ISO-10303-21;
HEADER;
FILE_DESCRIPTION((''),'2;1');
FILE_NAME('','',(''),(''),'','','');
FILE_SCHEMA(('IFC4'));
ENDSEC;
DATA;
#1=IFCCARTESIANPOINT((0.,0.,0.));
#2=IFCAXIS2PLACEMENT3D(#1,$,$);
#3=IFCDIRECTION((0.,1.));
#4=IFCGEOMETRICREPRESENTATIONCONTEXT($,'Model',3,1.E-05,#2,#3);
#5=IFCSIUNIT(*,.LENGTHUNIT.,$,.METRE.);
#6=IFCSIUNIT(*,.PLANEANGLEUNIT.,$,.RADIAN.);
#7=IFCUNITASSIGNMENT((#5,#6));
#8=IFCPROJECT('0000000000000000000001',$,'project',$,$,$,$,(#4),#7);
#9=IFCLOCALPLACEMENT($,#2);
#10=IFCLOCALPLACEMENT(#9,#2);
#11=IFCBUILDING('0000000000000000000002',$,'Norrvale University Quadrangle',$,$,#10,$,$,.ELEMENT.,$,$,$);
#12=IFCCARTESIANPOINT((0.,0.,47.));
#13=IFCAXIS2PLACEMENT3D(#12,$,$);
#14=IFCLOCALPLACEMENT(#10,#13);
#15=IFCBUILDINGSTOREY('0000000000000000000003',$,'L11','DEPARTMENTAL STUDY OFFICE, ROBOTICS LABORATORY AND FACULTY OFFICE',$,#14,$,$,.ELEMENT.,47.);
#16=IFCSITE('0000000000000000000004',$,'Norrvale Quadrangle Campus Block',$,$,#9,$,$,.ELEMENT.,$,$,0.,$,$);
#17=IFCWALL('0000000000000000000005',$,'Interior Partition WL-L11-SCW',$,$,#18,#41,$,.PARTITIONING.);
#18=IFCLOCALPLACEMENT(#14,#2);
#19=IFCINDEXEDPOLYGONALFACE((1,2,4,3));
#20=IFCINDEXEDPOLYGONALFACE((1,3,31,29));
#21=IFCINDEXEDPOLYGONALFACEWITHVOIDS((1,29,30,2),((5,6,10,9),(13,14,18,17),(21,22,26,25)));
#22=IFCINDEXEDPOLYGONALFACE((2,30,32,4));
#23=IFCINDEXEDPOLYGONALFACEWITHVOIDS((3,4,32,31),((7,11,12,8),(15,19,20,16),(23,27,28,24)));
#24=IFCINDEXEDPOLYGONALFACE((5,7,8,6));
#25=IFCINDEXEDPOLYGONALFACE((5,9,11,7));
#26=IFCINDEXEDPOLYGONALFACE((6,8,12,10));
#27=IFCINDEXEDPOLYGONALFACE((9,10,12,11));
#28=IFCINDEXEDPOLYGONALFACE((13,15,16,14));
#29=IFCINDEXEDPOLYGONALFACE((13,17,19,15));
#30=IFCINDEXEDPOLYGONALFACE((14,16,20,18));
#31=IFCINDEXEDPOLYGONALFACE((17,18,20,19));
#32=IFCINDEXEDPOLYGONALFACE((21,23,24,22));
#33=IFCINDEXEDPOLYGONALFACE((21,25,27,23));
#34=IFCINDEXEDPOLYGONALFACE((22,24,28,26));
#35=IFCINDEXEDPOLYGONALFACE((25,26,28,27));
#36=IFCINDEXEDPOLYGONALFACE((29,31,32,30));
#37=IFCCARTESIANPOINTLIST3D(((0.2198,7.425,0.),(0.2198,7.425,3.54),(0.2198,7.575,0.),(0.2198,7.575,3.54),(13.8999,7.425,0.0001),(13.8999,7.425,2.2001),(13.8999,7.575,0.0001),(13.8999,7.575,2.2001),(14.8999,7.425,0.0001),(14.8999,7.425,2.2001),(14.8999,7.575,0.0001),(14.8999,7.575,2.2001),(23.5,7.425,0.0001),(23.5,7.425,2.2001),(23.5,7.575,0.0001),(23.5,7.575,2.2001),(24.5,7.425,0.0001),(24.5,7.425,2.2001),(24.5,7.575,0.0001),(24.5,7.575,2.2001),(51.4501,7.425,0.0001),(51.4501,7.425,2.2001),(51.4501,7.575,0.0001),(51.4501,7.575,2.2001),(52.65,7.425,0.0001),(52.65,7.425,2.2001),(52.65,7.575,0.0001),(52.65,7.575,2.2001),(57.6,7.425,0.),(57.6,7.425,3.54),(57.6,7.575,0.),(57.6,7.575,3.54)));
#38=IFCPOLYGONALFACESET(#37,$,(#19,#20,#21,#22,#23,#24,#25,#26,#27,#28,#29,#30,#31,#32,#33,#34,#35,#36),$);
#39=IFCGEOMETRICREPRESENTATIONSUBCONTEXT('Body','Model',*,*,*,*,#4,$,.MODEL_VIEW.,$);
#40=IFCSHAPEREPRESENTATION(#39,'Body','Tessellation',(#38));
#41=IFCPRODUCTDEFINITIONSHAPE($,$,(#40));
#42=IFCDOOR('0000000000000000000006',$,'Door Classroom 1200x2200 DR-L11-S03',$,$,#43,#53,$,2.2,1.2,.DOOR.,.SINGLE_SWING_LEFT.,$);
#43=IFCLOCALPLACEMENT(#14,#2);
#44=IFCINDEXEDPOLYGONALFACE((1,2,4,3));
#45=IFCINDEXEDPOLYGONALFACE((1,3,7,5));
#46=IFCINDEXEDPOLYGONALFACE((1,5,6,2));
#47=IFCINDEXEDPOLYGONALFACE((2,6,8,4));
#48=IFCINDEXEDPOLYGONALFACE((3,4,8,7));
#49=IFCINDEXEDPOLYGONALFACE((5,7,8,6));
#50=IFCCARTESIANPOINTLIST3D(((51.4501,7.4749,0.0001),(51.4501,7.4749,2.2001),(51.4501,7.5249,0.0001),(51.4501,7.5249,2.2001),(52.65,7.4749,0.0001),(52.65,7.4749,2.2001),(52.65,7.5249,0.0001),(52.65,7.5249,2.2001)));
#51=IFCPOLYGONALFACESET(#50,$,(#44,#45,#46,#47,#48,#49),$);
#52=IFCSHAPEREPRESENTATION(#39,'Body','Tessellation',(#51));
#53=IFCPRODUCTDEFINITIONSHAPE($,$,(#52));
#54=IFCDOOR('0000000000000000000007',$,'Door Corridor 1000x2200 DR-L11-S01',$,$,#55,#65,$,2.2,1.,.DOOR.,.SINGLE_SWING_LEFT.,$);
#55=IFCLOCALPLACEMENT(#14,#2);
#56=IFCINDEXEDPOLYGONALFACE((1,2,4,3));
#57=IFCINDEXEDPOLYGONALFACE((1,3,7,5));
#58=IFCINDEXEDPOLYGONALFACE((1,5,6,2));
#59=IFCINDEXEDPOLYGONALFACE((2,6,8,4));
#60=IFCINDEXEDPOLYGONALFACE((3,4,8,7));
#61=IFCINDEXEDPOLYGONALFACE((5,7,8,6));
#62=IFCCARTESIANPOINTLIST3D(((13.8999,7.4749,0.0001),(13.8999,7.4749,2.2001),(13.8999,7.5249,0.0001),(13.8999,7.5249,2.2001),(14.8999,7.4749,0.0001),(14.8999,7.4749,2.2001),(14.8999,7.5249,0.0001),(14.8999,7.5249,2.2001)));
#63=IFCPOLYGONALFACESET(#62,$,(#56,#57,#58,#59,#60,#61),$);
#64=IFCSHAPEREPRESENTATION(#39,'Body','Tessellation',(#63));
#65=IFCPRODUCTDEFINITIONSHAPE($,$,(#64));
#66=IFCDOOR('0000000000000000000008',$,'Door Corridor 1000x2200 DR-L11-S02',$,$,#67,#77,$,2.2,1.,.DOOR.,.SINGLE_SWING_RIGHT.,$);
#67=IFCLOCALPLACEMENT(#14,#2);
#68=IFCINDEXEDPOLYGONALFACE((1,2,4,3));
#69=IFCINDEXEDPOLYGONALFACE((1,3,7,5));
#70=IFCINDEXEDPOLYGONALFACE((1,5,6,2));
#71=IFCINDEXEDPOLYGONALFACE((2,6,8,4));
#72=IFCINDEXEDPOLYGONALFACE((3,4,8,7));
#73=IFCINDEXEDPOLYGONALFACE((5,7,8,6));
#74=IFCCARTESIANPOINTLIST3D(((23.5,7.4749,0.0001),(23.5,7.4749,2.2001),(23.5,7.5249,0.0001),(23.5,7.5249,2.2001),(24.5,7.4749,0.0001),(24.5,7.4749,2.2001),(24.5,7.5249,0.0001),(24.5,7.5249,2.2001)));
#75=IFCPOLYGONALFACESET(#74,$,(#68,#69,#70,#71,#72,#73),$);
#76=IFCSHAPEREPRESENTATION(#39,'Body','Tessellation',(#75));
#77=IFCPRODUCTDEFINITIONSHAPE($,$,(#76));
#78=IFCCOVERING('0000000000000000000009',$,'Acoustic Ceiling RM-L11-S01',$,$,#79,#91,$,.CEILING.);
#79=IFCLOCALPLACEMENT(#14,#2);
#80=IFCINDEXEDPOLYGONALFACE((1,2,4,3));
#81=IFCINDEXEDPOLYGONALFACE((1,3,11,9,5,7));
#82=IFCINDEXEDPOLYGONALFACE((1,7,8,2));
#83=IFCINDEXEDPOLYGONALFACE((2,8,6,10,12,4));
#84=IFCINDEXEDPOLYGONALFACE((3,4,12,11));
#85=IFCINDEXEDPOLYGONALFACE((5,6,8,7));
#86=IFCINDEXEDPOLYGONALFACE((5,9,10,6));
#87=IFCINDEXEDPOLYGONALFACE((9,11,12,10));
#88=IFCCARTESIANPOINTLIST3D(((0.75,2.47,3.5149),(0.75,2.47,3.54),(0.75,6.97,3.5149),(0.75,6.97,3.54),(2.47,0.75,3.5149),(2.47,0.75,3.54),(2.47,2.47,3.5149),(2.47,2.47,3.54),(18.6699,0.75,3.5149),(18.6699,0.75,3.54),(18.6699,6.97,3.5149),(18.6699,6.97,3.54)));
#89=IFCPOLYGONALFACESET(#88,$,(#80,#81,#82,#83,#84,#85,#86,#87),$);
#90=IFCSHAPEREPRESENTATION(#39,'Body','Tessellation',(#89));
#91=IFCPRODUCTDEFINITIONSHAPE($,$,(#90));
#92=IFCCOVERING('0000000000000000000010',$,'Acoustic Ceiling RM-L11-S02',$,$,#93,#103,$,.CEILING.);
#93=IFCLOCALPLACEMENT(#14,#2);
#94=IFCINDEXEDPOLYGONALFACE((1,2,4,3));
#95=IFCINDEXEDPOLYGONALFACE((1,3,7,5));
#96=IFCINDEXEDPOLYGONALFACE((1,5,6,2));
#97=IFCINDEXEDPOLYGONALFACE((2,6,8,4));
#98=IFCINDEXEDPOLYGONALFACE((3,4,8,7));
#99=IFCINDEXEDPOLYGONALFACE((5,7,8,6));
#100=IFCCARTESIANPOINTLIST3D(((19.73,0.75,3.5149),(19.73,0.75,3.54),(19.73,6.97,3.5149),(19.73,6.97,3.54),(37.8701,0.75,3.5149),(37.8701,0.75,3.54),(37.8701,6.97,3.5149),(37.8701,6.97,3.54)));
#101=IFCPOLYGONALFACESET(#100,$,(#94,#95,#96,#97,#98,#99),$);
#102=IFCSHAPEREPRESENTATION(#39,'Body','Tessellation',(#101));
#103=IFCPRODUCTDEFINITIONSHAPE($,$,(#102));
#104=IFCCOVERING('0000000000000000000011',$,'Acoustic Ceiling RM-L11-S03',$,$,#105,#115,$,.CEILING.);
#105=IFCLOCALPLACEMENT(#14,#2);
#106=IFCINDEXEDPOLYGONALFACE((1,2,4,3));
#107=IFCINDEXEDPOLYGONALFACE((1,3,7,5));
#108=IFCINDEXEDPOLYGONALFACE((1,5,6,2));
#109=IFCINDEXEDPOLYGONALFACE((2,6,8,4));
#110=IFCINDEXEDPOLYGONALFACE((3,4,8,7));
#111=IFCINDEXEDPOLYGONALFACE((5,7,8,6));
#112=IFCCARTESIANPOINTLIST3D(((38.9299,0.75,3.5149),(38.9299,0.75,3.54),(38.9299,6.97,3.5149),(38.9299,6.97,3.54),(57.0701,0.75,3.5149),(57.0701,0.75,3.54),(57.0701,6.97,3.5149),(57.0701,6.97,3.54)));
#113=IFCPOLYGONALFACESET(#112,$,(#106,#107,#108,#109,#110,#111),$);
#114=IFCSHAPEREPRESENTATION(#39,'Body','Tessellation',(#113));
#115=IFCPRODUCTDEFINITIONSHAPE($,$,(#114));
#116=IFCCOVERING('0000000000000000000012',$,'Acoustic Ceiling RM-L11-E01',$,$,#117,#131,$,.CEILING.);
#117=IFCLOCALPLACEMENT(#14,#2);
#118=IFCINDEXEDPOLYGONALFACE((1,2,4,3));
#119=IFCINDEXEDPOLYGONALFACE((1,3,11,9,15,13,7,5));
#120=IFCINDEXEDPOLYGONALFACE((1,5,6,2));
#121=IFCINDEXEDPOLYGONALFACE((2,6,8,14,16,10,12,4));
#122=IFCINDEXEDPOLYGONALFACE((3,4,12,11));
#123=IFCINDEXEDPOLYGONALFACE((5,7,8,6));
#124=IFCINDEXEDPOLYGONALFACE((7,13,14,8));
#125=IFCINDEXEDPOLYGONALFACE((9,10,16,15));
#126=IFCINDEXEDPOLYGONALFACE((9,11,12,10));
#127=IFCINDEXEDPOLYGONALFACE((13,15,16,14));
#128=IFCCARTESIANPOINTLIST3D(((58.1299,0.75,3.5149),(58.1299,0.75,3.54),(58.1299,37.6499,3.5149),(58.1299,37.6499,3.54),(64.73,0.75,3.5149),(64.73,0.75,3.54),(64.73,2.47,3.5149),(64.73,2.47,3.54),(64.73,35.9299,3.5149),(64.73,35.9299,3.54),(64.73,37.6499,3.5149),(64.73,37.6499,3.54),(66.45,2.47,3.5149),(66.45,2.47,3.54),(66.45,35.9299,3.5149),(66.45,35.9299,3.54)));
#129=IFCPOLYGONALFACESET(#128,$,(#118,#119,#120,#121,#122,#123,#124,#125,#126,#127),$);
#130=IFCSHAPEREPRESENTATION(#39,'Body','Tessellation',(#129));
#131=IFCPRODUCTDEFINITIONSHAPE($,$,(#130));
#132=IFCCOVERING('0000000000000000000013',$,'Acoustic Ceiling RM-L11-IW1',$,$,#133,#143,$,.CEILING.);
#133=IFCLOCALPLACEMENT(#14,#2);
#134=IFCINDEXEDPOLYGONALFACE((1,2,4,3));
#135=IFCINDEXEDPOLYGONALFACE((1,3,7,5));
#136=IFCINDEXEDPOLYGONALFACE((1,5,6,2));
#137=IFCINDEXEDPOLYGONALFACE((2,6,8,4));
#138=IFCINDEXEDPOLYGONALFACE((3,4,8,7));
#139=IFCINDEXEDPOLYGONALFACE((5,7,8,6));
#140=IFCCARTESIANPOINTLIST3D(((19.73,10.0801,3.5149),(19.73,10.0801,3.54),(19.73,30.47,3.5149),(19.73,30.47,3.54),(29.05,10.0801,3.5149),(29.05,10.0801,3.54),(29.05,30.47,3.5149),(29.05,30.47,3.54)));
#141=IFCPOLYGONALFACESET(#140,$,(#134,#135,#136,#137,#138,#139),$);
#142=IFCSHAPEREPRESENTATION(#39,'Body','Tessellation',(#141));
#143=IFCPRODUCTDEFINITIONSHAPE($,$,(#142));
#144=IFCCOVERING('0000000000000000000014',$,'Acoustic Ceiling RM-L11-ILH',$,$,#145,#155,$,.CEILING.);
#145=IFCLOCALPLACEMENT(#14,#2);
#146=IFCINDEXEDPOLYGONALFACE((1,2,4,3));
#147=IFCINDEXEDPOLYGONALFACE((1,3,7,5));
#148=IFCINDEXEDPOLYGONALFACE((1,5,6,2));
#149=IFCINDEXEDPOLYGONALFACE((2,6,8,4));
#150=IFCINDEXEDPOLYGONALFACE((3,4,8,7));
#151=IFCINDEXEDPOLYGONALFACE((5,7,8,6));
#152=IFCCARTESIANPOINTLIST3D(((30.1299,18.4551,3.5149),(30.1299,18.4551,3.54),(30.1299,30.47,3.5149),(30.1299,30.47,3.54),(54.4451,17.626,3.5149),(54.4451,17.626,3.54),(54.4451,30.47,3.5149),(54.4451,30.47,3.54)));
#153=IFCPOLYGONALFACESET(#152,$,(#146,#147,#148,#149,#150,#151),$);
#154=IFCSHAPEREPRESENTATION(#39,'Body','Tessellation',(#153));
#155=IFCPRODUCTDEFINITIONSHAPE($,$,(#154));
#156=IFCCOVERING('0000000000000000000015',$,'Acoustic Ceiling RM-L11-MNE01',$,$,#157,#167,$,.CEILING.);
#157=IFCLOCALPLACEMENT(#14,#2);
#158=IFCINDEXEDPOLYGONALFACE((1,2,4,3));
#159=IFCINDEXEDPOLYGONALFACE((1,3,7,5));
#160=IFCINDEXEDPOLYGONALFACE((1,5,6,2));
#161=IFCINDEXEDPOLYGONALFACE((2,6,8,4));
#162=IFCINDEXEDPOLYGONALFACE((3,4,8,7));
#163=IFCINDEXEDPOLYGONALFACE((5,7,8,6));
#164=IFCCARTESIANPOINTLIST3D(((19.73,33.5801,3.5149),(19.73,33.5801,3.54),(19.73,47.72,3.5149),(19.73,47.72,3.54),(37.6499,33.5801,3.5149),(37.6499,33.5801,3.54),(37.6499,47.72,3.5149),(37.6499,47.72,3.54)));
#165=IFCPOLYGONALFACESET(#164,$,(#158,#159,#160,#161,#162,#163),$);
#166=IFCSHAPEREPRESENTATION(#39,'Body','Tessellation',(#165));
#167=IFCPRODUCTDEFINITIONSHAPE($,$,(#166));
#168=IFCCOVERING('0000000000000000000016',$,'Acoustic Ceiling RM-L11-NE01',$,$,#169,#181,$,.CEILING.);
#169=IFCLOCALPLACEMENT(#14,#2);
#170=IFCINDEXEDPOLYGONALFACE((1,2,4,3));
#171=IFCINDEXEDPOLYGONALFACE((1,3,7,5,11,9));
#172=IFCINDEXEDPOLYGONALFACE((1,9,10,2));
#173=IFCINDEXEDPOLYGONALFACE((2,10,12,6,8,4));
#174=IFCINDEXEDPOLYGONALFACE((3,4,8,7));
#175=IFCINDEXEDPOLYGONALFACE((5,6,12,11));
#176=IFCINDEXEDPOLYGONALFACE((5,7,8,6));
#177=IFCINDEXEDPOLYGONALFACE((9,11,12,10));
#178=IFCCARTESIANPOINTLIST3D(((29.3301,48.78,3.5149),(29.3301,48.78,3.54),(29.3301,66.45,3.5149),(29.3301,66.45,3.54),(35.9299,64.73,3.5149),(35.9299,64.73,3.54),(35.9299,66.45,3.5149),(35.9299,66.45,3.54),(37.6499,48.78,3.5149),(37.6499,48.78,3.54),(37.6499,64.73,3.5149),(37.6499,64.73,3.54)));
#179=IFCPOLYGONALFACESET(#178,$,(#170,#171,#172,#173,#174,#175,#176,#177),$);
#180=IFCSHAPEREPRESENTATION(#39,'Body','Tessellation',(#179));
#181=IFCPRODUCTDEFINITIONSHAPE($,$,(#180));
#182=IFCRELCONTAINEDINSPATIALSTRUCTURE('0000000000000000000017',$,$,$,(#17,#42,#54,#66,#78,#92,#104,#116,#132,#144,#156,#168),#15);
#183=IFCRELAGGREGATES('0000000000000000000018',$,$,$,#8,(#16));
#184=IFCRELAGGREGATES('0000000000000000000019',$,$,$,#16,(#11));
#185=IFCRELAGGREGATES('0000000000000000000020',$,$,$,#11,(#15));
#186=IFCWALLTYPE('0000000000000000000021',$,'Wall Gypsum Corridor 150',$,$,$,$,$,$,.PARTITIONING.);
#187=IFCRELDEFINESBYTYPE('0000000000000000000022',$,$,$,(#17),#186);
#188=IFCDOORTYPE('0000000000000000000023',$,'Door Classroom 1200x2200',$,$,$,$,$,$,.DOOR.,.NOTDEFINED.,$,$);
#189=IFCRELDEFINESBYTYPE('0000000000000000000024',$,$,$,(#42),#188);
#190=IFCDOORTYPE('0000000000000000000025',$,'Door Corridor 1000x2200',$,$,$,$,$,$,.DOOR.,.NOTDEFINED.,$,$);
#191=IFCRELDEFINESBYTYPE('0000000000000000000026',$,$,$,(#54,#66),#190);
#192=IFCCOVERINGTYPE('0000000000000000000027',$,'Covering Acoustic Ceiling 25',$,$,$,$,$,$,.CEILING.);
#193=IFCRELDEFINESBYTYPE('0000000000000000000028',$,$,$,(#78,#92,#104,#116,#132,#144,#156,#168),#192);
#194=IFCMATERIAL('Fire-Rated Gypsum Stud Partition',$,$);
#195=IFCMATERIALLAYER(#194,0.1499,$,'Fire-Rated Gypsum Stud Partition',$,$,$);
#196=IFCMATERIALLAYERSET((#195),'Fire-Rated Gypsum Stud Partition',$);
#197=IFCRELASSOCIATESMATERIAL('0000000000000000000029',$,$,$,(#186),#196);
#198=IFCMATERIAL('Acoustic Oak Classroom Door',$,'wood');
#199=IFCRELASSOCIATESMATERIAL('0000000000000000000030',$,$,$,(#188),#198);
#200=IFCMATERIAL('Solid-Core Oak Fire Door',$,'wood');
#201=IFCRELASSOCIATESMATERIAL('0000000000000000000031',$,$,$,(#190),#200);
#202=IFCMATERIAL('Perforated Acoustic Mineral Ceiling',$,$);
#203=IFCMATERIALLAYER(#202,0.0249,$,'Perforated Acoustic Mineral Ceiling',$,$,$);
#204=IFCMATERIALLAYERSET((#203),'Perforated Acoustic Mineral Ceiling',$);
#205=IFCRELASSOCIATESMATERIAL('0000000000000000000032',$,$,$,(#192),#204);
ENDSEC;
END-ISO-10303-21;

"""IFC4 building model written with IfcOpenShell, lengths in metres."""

from ifc_helpers import new_model, si_unit, direction, frame, frame_2d, origin, place, context, subcontext, project, spatial, polyline, rectangle, outline, extrude, material, layer, layer_set, type_object, element, fill, save


model = new_model("IFC4")

# Units and contexts
model_context = context("Model", 3, precision=1e-05, world=origin(), true_north=direction((0.0, 1.0)))
body_context = subcontext(model_context, "Body", "Model", "MODEL_VIEW")
ifc_project = project(units=[si_unit("LENGTHUNIT", "METRE"), si_unit("PLANEANGLEUNIT", "RADIAN")], contexts=[model_context])

# Site, building, storey
site_placement = place(None, origin())
site = spatial("IfcSite", under=ifc_project, at=site_placement, Name="Norrvale Quadrangle Campus Block", CompositionType="ELEMENT", RefElevation=0.0)
building_placement = place(site_placement, origin())
building = spatial("IfcBuilding", under=site, at=building_placement, Name="Norrvale University Quadrangle", CompositionType="ELEMENT")
storey_placement = place(building_placement, frame((0.0, 0.0, 47.0)))
storey = spatial("IfcBuildingStorey", under=building, at=storey_placement, Name="L11", Description="DEPARTMENTAL STUDY OFFICE, ROBOTICS LABORATORY AND FACULTY OFFICE", CompositionType="ELEMENT", Elevation=47.0)

# Wall, openings, doors
ifc_material_1 = material(Name="Fire-Rated Gypsum Stud Partition")
ifc_layer_1 = layer(ifc_material_1, 0.1499, Name="Fire-Rated Gypsum Stud Partition")
ifc_layer_set_1 = layer_set([ifc_layer_1], Name="Fire-Rated Gypsum Stud Partition")
wall_type_1 = type_object("IfcWallType", Name="Wall Gypsum Corridor 150", PredefinedType="PARTITIONING", material=ifc_layer_set_1)
wall_1_placement = place(storey_placement, frame((0.22, 7.5, 0.0), z_axis=(0.0, 0.0, 1.0), x_axis=(1.0, 0.0, 0.0)))
wall_1 = element("IfcWall", 1, at=wall_1_placement, inside=storey, type_object=wall_type_1, Name="Interior Partition WL-L11-SCW", PredefinedType="PARTITIONING", context=body_context, shape_type="SweptSolid", body=[
    extrude(rectangle(XDim=57.3801, YDim=0.1499, at=frame_2d((28.6899, 0.0))), origin(), (0.0, 0.0, 1.0), 3.54),
])
opening_1_placement = place(wall_1_placement, frame((13.6799, 0.0, 0.0)))
opening_1 = element("IfcOpeningElement", 2, at=opening_1_placement, cuts=wall_1, PredefinedType="OPENING", context=body_context, shape_type="SweptSolid", body=[
    extrude(rectangle(XDim=1.0, YDim=2.2, at=frame_2d((0.5, 1.1001))), frame((0.0, 0.0869, 0.0), z_axis=(0.0, -1.0, 0.0), x_axis=(1.0, 0.0, 0.0)), (0.0, 0.0, 1.0), 0.1738),
])
opening_2_placement = place(wall_1_placement, frame((23.28, 0.0, 0.0)))
opening_2 = element("IfcOpeningElement", 3, at=opening_2_placement, cuts=wall_1, PredefinedType="OPENING", context=body_context, shape_type="SweptSolid", body=[
    extrude(rectangle(XDim=1.0, YDim=2.2, at=frame_2d((0.5, 1.1001))), frame((0.0, 0.0869, 0.0), z_axis=(0.0, -1.0, 0.0), x_axis=(1.0, 0.0, 0.0)), (0.0, 0.0, 1.0), 0.1738),
])
opening_3_placement = place(wall_1_placement, frame((51.23, 0.0, 0.0)))
opening_3 = element("IfcOpeningElement", 4, at=opening_3_placement, cuts=wall_1, PredefinedType="OPENING", context=body_context, shape_type="SweptSolid", body=[
    extrude(rectangle(XDim=1.2, YDim=2.2, at=frame_2d((0.6001, 1.1001))), frame((0.0, 0.0869, 0.0), z_axis=(0.0, -1.0, 0.0), x_axis=(1.0, 0.0, 0.0)), (0.0, 0.0, 1.0), 0.1738),
])
ifc_material_2 = material(Name="Acoustic Oak Classroom Door", Category="wood")
door_type_1 = type_object("IfcDoorType", Name="Door Classroom 1200x2200", OperationType="NOTDEFINED", PredefinedType="DOOR", material=ifc_material_2)
door_1_placement = place(opening_3_placement, origin())
door_1 = element("IfcDoor", 5, at=door_1_placement, inside=storey, type_object=door_type_1, Name="Door Classroom 1200x2200 DR-L11-S03", OperationType="SINGLE_SWING_LEFT", OverallHeight=2.2, OverallWidth=1.2, PredefinedType="DOOR", context=body_context, shape_type="SweptSolid", body=[
    extrude(rectangle(XDim=1.2, YDim=2.2, at=frame_2d((0.6001, 1.1001))), frame((0.0, 0.0249, 0.0), z_axis=(0.0, -1.0, 0.0), x_axis=(1.0, 0.0, 0.0)), (0.0, 0.0, 1.0), 0.05),
])
fill(opening_3, door_1)
ifc_material_3 = material(Name="Solid-Core Oak Fire Door", Category="wood")
door_type_2 = type_object("IfcDoorType", Name="Door Corridor 1000x2200", OperationType="NOTDEFINED", PredefinedType="DOOR", material=ifc_material_3)
door_2_placement = place(opening_1_placement, origin())
door_2 = element("IfcDoor", 6, at=door_2_placement, inside=storey, type_object=door_type_2, Name="Door Corridor 1000x2200 DR-L11-S01", OperationType="SINGLE_SWING_LEFT", OverallHeight=2.2, OverallWidth=1.0, PredefinedType="DOOR", context=body_context, shape_type="SweptSolid", body=[
    extrude(rectangle(XDim=1.0, YDim=2.2, at=frame_2d((0.5, 1.1001))), frame((0.0, 0.0249, 0.0), z_axis=(0.0, -1.0, 0.0), x_axis=(1.0, 0.0, 0.0)), (0.0, 0.0, 1.0), 0.05),
])
fill(opening_1, door_2)
door_3_placement = place(opening_2_placement, origin())
door_3 = element("IfcDoor", 7, at=door_3_placement, inside=storey, type_object=door_type_2, Name="Door Corridor 1000x2200 DR-L11-S02", OperationType="SINGLE_SWING_RIGHT", OverallHeight=2.2, OverallWidth=1.0, PredefinedType="DOOR", context=body_context, shape_type="SweptSolid", body=[
    extrude(rectangle(XDim=1.0, YDim=2.2, at=frame_2d((0.5, 1.1001))), frame((0.0, 0.0249, 0.0), z_axis=(0.0, -1.0, 0.0), x_axis=(1.0, 0.0, 0.0)), (0.0, 0.0, 1.0), 0.05),
])
fill(opening_2, door_3)

# Coverings
ifc_material_4 = material(Name="Perforated Acoustic Mineral Ceiling")
ifc_layer_2 = layer(ifc_material_4, 0.0249, Name="Perforated Acoustic Mineral Ceiling")
ifc_layer_set_2 = layer_set([ifc_layer_2], Name="Perforated Acoustic Mineral Ceiling")
covering_type_1 = type_object("IfcCoveringType", Name="Covering Acoustic Ceiling 25", PredefinedType="CEILING", material=ifc_layer_set_2)
covering_1_placement = place(storey_placement, frame((0.0, 0.0, 3.5149)))
element("IfcCovering", 8, at=covering_1_placement, inside=storey, type_object=covering_type_1, Name="Acoustic Ceiling RM-L11-S01", PredefinedType="CEILING", context=body_context, shape_type="SweptSolid", body=[
    extrude(outline(polyline([(0.75, 6.97), (18.6699, 6.97), (18.6699, 0.75), (2.47, 0.75), (2.47, 2.47), (0.75, 2.47), (0.75, 6.97)])), origin(), (0.0, 0.0, 1.0), 0.0251),
])
covering_2_placement = place(storey_placement, frame((0.0, 0.0, 3.5149)))
element("IfcCovering", 9, at=covering_2_placement, inside=storey, type_object=covering_type_1, Name="Acoustic Ceiling RM-L11-S02", PredefinedType="CEILING", context=body_context, shape_type="SweptSolid", body=[
    extrude(outline(polyline([(19.73, 6.97), (37.8701, 6.97), (37.8701, 0.75), (19.73, 0.75), (19.73, 6.97)])), origin(), (0.0, 0.0, 1.0), 0.0251),
])
covering_3_placement = place(storey_placement, frame((0.0, 0.0, 3.5149)))
element("IfcCovering", 10, at=covering_3_placement, inside=storey, type_object=covering_type_1, Name="Acoustic Ceiling RM-L11-S03", PredefinedType="CEILING", context=body_context, shape_type="SweptSolid", body=[
    extrude(outline(polyline([(38.9299, 6.97), (57.0701, 6.97), (57.0701, 0.75), (38.9299, 0.75), (38.9299, 6.97)])), origin(), (0.0, 0.0, 1.0), 0.0251),
])
covering_4_placement = place(storey_placement, frame((0.0, 0.0, 3.5149)))
element("IfcCovering", 11, at=covering_4_placement, inside=storey, type_object=covering_type_1, Name="Acoustic Ceiling RM-L11-E01", PredefinedType="CEILING", context=body_context, shape_type="SweptSolid", body=[
    extrude(outline(polyline([(58.1299, 0.75), (58.1299, 37.6499), (64.73, 37.6499), (64.73, 35.9299), (66.45, 35.9299), (66.45, 2.47), (64.73, 2.47), (64.73, 0.75), (58.1299, 0.75)])), origin(), (0.0, 0.0, 1.0), 0.0251),
])
covering_5_placement = place(storey_placement, frame((0.0, 0.0, 3.5149)))
element("IfcCovering", 12, at=covering_5_placement, inside=storey, type_object=covering_type_1, Name="Acoustic Ceiling RM-L11-IW1", PredefinedType="CEILING", context=body_context, shape_type="SweptSolid", body=[
    extrude(outline(polyline([(19.73, 10.0801), (19.73, 30.47), (29.05, 30.47), (29.05, 10.0801), (19.73, 10.0801)])), origin(), (0.0, 0.0, 1.0), 0.0251),
])
covering_6_placement = place(storey_placement, frame((0.0, 0.0, 3.5149)))
element("IfcCovering", 13, at=covering_6_placement, inside=storey, type_object=covering_type_1, Name="Acoustic Ceiling RM-L11-ILH", PredefinedType="CEILING", context=body_context, shape_type="SweptSolid", body=[
    extrude(outline(polyline([(30.1299, 18.4551), (30.1299, 30.47), (54.4451, 30.47), (54.4451, 17.626), (30.1299, 18.4551)])), origin(), (0.0, 0.0, 1.0), 0.0251),
])
covering_7_placement = place(storey_placement, frame((0.0, 0.0, 3.5149)))
element("IfcCovering", 14, at=covering_7_placement, inside=storey, type_object=covering_type_1, Name="Acoustic Ceiling RM-L11-MNE01", PredefinedType="CEILING", context=body_context, shape_type="SweptSolid", body=[
    extrude(outline(polyline([(19.73, 47.72), (37.6499, 47.72), (37.6499, 33.5801), (19.73, 33.5801), (19.73, 47.72)])), origin(), (0.0, 0.0, 1.0), 0.0251),
])
covering_8_placement = place(storey_placement, frame((0.0, 0.0, 3.5149)))
element("IfcCovering", 15, at=covering_8_placement, inside=storey, type_object=covering_type_1, Name="Acoustic Ceiling RM-L11-NE01", PredefinedType="CEILING", context=body_context, shape_type="SweptSolid", body=[
    extrude(outline(polyline([(37.6499, 48.78), (29.3301, 48.78), (29.3301, 66.45), (35.9299, 66.45), (35.9299, 64.73), (37.6499, 64.73), (37.6499, 48.78)])), origin(), (0.0, 0.0, 1.0), 0.0251),
])

save(model, "model.ifc")
